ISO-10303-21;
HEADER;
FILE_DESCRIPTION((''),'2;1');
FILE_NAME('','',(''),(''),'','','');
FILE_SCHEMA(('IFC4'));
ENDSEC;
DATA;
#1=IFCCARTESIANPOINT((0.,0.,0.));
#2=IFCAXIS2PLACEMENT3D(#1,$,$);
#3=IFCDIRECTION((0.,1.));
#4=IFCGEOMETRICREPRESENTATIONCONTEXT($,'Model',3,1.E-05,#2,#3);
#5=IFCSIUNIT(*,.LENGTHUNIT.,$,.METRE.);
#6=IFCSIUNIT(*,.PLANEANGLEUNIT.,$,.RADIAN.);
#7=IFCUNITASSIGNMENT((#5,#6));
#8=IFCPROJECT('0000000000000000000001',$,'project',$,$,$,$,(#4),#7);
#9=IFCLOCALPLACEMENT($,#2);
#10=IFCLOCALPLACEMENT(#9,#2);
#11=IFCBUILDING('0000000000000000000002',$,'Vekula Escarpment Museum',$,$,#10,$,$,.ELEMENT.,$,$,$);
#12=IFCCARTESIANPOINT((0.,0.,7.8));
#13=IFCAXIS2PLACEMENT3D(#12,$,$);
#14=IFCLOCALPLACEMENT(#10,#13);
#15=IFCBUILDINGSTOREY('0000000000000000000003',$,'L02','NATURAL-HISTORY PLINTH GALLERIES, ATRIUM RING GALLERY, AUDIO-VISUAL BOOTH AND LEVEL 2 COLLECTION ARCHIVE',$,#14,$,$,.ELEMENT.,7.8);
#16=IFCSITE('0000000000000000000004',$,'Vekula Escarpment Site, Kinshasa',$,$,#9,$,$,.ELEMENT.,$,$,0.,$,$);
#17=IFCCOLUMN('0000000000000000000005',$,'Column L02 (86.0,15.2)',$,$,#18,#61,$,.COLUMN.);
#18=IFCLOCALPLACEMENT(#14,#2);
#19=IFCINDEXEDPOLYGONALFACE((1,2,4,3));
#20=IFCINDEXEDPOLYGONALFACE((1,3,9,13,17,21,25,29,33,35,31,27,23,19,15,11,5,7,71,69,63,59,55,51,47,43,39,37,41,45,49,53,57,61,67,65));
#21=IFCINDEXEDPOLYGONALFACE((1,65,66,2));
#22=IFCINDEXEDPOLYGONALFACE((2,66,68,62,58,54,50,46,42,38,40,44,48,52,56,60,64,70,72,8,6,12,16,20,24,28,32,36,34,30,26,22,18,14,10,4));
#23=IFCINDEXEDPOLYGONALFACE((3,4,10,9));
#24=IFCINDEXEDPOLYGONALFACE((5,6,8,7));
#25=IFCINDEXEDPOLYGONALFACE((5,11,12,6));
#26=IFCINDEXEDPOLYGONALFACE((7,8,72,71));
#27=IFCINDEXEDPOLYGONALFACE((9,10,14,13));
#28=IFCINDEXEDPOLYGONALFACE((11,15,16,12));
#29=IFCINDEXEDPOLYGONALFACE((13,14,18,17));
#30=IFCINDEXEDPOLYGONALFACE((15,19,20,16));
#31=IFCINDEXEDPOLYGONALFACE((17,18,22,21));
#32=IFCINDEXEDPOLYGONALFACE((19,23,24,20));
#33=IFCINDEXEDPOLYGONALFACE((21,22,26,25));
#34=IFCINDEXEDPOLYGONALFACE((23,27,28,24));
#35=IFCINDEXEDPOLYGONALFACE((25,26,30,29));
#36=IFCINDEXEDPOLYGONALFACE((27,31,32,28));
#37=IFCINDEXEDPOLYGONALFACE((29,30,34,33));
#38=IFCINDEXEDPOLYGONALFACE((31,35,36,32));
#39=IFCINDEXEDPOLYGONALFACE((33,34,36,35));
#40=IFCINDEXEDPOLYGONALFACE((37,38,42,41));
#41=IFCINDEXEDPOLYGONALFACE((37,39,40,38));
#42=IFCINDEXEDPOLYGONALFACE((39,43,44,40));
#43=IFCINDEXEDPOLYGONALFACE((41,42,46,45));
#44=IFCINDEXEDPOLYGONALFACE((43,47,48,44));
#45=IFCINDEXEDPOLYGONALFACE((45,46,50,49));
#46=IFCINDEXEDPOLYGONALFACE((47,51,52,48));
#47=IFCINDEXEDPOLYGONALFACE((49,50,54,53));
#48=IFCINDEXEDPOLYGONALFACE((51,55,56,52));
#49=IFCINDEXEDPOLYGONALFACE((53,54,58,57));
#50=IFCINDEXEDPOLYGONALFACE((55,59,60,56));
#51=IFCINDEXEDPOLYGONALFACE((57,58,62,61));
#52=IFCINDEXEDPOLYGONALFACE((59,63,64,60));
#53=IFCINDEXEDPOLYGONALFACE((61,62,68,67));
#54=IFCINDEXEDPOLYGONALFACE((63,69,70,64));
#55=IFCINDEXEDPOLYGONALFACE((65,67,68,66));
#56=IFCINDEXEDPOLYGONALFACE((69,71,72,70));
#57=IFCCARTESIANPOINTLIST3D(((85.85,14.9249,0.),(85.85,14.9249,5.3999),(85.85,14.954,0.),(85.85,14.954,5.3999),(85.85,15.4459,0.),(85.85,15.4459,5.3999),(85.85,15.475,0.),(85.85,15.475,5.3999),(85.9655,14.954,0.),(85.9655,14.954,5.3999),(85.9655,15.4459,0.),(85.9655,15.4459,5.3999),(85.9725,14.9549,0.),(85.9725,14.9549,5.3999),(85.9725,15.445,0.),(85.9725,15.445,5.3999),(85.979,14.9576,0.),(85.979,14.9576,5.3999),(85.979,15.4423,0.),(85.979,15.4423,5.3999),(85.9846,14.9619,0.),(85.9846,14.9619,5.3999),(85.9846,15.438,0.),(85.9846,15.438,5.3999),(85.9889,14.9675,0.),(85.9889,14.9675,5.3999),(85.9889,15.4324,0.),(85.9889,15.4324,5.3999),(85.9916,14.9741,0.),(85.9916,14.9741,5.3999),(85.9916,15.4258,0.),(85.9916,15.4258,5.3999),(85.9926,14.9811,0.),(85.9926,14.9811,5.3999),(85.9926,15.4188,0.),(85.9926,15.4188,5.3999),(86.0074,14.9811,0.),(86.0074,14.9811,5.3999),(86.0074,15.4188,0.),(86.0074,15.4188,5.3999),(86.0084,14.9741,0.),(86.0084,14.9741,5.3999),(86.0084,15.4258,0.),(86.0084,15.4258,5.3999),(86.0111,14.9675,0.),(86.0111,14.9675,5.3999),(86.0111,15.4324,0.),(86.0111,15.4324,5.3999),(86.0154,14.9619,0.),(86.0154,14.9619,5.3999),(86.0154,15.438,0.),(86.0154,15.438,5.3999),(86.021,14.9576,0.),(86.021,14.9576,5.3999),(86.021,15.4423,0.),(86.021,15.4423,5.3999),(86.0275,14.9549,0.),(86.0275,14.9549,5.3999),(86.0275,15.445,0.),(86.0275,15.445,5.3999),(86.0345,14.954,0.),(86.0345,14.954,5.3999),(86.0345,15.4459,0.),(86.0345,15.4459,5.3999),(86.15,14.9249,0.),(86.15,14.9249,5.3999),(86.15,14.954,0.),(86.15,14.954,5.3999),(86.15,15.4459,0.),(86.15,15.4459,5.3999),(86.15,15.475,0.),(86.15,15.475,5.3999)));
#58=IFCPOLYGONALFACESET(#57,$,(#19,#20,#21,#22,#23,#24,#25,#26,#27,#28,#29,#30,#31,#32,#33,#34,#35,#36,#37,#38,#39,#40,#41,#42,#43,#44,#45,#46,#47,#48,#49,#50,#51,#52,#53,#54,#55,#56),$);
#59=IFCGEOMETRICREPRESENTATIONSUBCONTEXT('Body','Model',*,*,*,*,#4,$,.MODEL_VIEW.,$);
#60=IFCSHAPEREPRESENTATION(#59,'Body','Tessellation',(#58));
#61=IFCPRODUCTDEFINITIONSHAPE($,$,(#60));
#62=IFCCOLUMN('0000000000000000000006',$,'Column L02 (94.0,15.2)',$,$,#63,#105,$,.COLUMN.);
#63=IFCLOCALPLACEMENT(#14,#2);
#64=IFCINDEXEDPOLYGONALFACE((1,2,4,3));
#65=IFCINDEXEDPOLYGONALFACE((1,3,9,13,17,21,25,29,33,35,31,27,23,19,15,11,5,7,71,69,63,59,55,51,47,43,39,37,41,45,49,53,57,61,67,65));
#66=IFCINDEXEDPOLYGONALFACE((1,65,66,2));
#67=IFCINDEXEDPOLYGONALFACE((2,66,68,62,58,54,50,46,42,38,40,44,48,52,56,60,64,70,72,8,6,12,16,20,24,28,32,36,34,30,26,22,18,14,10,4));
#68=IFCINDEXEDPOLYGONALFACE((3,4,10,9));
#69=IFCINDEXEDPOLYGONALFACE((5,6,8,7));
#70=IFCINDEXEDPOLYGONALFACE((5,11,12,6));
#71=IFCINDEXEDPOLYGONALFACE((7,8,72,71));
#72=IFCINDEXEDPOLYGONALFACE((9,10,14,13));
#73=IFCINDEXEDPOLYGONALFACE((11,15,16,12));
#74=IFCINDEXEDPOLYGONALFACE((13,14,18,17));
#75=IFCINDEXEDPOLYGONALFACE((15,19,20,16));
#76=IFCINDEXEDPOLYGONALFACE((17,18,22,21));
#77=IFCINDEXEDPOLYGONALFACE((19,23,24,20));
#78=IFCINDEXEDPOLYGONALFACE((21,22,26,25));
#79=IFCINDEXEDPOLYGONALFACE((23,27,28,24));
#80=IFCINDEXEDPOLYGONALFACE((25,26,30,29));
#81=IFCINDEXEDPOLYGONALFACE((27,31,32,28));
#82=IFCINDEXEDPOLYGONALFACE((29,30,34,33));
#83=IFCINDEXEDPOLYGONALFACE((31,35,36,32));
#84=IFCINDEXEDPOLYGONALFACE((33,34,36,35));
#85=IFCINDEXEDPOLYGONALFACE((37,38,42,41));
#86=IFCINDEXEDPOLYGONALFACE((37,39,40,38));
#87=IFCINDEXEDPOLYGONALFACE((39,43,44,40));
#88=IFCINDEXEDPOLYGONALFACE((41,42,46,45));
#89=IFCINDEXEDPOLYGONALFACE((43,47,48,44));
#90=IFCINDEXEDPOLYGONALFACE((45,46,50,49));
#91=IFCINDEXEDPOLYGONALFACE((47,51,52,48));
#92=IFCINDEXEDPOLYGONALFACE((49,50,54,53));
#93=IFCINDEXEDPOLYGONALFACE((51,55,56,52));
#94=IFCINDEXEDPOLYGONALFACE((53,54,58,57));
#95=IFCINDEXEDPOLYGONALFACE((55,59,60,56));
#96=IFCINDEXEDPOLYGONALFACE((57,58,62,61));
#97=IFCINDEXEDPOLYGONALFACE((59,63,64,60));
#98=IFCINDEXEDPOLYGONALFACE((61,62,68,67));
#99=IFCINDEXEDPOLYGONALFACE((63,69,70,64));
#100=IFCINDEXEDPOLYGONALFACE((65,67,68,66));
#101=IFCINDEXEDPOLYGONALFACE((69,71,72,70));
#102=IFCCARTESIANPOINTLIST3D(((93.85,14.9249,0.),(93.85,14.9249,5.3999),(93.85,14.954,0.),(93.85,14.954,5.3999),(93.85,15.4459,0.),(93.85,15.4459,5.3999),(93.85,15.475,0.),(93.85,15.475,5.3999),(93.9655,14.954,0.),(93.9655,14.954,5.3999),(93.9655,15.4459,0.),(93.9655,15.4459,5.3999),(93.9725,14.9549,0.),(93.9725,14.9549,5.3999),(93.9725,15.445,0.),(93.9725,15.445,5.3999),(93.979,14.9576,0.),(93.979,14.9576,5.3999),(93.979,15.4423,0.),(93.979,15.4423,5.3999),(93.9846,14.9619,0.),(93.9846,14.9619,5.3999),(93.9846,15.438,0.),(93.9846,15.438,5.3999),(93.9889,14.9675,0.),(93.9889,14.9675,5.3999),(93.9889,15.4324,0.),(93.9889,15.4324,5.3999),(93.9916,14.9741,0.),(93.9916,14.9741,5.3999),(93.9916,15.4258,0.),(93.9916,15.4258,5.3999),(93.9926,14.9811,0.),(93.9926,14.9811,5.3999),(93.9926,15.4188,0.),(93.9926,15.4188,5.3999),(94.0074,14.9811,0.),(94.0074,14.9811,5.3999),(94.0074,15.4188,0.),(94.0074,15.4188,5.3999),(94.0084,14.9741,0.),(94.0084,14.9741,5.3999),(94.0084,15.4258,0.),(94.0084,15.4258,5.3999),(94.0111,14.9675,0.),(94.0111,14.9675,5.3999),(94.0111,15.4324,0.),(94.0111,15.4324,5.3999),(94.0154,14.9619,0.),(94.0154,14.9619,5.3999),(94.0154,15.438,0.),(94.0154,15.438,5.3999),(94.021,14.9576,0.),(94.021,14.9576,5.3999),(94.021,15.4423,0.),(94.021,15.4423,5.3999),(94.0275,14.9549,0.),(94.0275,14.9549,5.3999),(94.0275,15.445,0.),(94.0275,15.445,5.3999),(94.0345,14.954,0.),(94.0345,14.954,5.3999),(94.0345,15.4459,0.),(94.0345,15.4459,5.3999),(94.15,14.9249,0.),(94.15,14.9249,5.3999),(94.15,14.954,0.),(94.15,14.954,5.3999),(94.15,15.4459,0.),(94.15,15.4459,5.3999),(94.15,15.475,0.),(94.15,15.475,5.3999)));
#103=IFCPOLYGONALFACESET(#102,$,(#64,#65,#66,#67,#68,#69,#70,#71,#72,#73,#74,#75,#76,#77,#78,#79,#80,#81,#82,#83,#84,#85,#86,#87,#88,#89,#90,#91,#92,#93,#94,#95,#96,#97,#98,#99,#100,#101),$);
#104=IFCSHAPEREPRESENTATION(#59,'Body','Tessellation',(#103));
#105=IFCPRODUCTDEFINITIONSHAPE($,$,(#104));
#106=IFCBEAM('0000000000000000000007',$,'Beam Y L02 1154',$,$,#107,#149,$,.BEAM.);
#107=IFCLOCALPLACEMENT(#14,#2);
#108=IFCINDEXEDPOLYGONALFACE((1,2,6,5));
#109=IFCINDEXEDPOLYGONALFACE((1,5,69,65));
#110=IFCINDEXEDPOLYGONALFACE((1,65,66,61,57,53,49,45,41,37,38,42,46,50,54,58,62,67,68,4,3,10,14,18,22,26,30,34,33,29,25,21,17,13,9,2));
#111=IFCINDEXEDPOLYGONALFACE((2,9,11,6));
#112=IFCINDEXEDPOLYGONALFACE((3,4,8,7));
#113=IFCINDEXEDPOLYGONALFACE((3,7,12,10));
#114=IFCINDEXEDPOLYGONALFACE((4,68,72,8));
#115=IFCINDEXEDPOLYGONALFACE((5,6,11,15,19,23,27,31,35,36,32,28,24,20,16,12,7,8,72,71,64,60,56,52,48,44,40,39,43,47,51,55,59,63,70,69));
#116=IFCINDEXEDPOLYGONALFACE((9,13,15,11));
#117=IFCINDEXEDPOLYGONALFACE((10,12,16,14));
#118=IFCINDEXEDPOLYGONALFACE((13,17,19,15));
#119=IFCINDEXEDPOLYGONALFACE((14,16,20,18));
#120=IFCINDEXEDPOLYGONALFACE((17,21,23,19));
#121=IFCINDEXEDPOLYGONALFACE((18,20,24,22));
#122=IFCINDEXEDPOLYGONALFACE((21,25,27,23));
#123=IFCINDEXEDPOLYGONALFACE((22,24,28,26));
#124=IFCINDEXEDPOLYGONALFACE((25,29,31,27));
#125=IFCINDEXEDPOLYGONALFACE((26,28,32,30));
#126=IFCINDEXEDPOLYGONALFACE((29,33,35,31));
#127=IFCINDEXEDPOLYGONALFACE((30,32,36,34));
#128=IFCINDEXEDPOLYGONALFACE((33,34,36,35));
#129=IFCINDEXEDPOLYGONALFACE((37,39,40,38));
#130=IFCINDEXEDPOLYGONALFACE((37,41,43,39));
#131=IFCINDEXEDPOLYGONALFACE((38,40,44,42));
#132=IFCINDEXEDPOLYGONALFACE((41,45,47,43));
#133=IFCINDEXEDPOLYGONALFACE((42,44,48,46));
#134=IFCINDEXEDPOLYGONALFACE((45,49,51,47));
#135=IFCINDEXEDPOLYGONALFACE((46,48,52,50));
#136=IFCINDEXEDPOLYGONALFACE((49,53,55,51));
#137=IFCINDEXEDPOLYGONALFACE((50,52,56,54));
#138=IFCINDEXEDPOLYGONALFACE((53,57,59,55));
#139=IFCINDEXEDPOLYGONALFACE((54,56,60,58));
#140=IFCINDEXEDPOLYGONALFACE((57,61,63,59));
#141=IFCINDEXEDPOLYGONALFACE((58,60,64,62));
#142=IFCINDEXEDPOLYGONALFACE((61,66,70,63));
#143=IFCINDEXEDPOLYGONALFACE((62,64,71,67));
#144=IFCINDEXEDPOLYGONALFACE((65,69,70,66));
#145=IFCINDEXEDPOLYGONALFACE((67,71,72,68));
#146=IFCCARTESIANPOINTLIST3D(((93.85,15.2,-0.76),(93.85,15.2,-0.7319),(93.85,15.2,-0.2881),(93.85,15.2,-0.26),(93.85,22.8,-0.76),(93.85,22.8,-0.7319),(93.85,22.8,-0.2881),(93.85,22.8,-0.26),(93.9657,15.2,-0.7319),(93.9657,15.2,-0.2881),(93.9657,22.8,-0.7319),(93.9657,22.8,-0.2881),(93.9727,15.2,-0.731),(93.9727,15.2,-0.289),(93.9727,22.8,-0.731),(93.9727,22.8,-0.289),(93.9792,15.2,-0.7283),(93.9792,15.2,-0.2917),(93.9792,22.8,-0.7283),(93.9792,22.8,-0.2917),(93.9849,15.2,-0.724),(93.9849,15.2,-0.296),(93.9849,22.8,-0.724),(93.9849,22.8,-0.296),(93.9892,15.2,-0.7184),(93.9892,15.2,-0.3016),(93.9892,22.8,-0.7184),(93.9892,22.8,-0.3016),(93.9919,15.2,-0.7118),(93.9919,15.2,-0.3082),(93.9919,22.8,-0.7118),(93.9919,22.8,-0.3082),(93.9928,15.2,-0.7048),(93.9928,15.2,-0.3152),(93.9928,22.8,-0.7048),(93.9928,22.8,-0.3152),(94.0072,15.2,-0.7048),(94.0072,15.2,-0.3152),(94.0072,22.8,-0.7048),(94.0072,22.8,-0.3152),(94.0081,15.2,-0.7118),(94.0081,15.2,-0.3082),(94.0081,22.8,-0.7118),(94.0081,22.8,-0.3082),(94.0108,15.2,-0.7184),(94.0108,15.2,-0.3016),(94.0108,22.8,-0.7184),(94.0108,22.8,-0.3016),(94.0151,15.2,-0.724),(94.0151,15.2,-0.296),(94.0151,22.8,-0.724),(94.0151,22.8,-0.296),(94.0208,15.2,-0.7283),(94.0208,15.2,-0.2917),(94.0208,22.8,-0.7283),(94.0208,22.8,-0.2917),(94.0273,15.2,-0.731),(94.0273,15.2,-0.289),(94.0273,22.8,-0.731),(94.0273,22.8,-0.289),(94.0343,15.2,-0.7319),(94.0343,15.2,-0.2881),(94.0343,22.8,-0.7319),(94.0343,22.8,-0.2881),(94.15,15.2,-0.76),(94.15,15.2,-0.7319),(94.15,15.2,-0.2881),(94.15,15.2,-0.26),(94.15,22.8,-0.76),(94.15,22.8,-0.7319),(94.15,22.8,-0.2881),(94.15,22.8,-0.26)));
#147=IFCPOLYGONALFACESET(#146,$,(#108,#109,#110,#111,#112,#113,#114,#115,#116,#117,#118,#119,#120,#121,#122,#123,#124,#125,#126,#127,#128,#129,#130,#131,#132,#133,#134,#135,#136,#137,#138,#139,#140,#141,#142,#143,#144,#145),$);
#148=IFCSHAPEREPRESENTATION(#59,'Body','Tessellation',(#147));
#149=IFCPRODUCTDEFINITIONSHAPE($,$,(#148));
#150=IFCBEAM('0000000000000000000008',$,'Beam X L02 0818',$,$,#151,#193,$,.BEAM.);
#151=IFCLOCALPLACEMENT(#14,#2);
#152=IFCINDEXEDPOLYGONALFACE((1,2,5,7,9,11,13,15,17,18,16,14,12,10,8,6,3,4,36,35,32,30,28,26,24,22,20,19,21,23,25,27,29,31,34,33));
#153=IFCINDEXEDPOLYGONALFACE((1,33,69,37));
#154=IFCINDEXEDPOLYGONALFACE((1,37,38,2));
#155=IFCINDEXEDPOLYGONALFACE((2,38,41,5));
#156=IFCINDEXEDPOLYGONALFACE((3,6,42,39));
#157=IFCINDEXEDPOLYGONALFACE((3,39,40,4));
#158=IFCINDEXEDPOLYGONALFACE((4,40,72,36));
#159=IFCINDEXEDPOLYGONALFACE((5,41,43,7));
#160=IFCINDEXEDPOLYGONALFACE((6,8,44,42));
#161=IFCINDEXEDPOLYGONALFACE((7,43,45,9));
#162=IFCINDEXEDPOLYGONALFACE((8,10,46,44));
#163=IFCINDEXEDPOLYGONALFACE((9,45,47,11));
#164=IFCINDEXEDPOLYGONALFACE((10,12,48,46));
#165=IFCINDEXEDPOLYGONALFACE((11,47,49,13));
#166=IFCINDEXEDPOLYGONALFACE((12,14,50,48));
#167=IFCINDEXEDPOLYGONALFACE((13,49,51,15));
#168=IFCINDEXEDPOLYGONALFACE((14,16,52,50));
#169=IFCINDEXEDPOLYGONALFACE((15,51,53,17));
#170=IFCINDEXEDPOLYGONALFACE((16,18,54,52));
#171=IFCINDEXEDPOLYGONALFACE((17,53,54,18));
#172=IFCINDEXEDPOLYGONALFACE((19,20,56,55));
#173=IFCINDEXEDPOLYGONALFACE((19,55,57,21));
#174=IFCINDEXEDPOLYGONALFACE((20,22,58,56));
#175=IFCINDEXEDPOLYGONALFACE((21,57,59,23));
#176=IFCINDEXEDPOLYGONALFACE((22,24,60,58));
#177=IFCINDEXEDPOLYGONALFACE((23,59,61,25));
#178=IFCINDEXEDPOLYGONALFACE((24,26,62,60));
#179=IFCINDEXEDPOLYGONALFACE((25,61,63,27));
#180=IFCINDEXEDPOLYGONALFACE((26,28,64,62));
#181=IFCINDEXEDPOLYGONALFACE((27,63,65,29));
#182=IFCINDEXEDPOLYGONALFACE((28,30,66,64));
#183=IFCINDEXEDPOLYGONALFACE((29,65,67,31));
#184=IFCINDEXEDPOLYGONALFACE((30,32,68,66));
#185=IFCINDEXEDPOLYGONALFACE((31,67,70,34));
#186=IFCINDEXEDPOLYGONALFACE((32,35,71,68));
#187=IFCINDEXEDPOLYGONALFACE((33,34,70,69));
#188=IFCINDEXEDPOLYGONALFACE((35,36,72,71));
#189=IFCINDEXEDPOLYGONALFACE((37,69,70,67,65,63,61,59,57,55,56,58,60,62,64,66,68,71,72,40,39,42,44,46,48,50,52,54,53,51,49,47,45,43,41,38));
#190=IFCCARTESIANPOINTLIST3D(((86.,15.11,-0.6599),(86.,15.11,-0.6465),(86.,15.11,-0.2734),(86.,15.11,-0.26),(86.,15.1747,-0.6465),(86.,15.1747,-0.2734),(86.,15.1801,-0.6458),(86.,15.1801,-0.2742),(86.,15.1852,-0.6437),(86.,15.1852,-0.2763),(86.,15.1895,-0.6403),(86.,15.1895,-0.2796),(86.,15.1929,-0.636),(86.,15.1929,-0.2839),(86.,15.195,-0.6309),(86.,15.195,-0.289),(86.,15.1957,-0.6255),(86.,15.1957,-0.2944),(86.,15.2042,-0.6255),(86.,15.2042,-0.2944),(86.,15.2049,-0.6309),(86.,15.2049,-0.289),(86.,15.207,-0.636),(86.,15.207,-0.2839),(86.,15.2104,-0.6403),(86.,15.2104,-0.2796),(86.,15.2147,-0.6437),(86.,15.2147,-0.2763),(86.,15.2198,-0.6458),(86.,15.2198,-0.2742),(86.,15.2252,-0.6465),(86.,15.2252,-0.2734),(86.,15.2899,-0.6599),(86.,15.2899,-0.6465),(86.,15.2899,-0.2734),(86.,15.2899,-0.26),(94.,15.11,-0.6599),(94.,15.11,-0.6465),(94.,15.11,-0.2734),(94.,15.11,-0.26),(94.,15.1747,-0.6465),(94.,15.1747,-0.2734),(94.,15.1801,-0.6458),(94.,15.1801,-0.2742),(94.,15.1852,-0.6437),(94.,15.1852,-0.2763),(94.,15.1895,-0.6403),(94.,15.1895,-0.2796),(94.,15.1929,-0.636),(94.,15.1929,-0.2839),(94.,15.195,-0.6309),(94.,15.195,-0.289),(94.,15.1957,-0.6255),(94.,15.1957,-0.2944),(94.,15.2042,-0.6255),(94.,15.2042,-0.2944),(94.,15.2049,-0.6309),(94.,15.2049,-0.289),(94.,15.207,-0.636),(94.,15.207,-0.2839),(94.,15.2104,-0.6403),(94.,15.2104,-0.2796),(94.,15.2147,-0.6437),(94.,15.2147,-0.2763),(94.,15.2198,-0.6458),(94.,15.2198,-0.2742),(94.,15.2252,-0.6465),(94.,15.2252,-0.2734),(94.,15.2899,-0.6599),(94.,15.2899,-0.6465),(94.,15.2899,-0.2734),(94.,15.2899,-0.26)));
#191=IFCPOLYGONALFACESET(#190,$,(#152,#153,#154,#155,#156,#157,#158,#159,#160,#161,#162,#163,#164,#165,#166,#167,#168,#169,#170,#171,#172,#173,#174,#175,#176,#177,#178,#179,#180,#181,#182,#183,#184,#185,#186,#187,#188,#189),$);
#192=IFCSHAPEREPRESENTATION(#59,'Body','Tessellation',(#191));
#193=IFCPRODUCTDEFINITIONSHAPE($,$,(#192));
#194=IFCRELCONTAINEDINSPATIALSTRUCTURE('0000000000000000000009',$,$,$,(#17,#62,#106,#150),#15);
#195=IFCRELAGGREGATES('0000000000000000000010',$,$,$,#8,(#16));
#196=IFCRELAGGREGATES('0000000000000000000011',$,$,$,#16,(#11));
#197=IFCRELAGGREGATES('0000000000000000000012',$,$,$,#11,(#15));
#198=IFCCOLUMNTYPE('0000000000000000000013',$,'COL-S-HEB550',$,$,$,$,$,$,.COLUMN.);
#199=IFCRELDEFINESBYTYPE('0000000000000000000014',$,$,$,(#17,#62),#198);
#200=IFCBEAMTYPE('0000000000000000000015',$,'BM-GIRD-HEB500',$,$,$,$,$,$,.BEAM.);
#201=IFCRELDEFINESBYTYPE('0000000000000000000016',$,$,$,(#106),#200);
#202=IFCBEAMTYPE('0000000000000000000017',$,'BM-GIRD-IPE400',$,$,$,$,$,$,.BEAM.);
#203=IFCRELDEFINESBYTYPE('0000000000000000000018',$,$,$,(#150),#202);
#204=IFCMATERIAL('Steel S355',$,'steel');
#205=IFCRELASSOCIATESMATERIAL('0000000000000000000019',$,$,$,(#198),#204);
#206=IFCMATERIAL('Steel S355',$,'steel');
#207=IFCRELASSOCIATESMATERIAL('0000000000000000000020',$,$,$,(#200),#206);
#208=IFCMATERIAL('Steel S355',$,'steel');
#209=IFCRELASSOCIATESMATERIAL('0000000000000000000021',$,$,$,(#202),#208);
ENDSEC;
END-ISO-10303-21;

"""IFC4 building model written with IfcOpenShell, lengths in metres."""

from ifc_helpers import new_model, si_unit, direction, frame, origin, origin_2d, place, context, subcontext, project, spatial, i_section, extrude, material, material_profile, profile_set, type_object, element, save


model = new_model("IFC4")

# Units and contexts
model_context = context("Model", 3, precision=1e-05, world=origin(), true_north=direction((0.0, 1.0)))
body_context = subcontext(model_context, "Body", "Model", "MODEL_VIEW")
ifc_project = project(units=[si_unit("LENGTHUNIT", "METRE"), si_unit("PLANEANGLEUNIT", "RADIAN")], contexts=[model_context])

# Site, building, storey
site_placement = place(None, origin())
site = spatial("IfcSite", under=ifc_project, at=site_placement, Name="Vekula Escarpment Site, Kinshasa", CompositionType="ELEMENT", RefElevation=0.0)
building_placement = place(site_placement, origin())
building = spatial("IfcBuilding", under=site, at=building_placement, Name="Vekula Escarpment Museum", CompositionType="ELEMENT")
storey_placement = place(building_placement, frame((0.0, 0.0, 7.8)))
storey = spatial("IfcBuildingStorey", under=building, at=storey_placement, Name="L02", Description="NATURAL-HISTORY PLINTH GALLERIES, ATRIUM RING GALLERY, AUDIO-VISUAL BOOTH AND LEVEL 2 COLLECTION ARCHIVE", CompositionType="ELEMENT", Elevation=7.8)

# Columns
ifc_material_1 = material(Name="Steel S355", Category="steel")
ifc_material_profile_1 = material_profile(ifc_material_1, i_section(OverallWidth=0.3, OverallDepth=0.55, WebThickness=0.0149, FlangeThickness=0.0291, FilletRadius=0.0271, at=origin_2d()), Name="HEB 550")
ifc_profile_set_1 = profile_set([ifc_material_profile_1], Name="Steel S355")
column_type = type_object("IfcColumnType", Name="COL-S-HEB550", PredefinedType="COLUMN", material=ifc_profile_set_1)
for number, where, z_axis, x_axis, name in (
    (1, (86.0, 15.2, 0.0), (0.0, 0.0, 1.0), (1.0, 0.0, 0.0), "Column L02 (86.0,15.2)"),
    (2, (94.0, 15.2, 0.0), (0.0, 0.0, 1.0), (1.0, 0.0, 0.0), "Column L02 (94.0,15.2)"),
):
    element("IfcColumn", number, at=place(storey_placement, frame(where, z_axis=z_axis, x_axis=x_axis)), inside=storey, type_object=column_type, Name=name, PredefinedType="COLUMN", context=body_context, shape_type="SweptSolid", body=[
        extrude(i_section(OverallWidth=0.3, OverallDepth=0.55, WebThickness=0.0149, FlangeThickness=0.0291, FilletRadius=0.0271, at=origin_2d()), origin(), (0.0, 0.0, 1.0), 5.3999),
    ])

# Beams
ifc_material_2 = material(Name="Steel S355", Category="steel")
ifc_material_profile_2 = material_profile(ifc_material_2, i_section(OverallWidth=0.3, OverallDepth=0.5, WebThickness=0.0144, FlangeThickness=0.0281, FilletRadius=0.0271, at=origin_2d()), Name="HEB 500")
ifc_profile_set_2 = profile_set([ifc_material_profile_2], Name="Steel S355")
beam_type_1 = type_object("IfcBeamType", Name="BM-GIRD-HEB500", PredefinedType="BEAM", material=ifc_profile_set_2)
beam_1_placement = place(storey_placement, frame((94.0, 15.2, -0.51), z_axis=(0.0, 1.0, 0.0), x_axis=(-1.0, 0.0, 0.0)))
element("IfcBeam", 3, at=beam_1_placement, inside=storey, type_object=beam_type_1, Name="Beam Y L02 1154", PredefinedType="BEAM", context=body_context, shape_type="SweptSolid", body=[
    extrude(i_section(OverallWidth=0.3, OverallDepth=0.5, WebThickness=0.0144, FlangeThickness=0.0281, FilletRadius=0.0271, at=origin_2d()), origin(), (0.0, 0.0, 1.0), 7.6001),
])
ifc_material_3 = material(Name="Steel S355", Category="steel")
ifc_material_profile_3 = material_profile(ifc_material_3, i_section(OverallWidth=0.1799, OverallDepth=0.3999, WebThickness=0.0085, FlangeThickness=0.0134, FilletRadius=0.021, at=origin_2d()), Name="IPE 400")
ifc_profile_set_3 = profile_set([ifc_material_profile_3], Name="Steel S355")
beam_type_2 = type_object("IfcBeamType", Name="BM-GIRD-IPE400", PredefinedType="BEAM", material=ifc_profile_set_3)
beam_2_placement = place(storey_placement, frame((86.0, 15.2, -0.46), z_axis=(1.0, 0.0, 0.0), x_axis=(0.0, 1.0, 0.0)))
element("IfcBeam", 4, at=beam_2_placement, inside=storey, type_object=beam_type_2, Name="Beam X L02 0818", PredefinedType="BEAM", context=body_context, shape_type="SweptSolid", body=[
    extrude(i_section(OverallWidth=0.1799, OverallDepth=0.3999, WebThickness=0.0085, FlangeThickness=0.0134, FilletRadius=0.021, at=origin_2d()), origin(), (0.0, 0.0, 1.0), 8.0),
])

save(model, "model.ifc")
